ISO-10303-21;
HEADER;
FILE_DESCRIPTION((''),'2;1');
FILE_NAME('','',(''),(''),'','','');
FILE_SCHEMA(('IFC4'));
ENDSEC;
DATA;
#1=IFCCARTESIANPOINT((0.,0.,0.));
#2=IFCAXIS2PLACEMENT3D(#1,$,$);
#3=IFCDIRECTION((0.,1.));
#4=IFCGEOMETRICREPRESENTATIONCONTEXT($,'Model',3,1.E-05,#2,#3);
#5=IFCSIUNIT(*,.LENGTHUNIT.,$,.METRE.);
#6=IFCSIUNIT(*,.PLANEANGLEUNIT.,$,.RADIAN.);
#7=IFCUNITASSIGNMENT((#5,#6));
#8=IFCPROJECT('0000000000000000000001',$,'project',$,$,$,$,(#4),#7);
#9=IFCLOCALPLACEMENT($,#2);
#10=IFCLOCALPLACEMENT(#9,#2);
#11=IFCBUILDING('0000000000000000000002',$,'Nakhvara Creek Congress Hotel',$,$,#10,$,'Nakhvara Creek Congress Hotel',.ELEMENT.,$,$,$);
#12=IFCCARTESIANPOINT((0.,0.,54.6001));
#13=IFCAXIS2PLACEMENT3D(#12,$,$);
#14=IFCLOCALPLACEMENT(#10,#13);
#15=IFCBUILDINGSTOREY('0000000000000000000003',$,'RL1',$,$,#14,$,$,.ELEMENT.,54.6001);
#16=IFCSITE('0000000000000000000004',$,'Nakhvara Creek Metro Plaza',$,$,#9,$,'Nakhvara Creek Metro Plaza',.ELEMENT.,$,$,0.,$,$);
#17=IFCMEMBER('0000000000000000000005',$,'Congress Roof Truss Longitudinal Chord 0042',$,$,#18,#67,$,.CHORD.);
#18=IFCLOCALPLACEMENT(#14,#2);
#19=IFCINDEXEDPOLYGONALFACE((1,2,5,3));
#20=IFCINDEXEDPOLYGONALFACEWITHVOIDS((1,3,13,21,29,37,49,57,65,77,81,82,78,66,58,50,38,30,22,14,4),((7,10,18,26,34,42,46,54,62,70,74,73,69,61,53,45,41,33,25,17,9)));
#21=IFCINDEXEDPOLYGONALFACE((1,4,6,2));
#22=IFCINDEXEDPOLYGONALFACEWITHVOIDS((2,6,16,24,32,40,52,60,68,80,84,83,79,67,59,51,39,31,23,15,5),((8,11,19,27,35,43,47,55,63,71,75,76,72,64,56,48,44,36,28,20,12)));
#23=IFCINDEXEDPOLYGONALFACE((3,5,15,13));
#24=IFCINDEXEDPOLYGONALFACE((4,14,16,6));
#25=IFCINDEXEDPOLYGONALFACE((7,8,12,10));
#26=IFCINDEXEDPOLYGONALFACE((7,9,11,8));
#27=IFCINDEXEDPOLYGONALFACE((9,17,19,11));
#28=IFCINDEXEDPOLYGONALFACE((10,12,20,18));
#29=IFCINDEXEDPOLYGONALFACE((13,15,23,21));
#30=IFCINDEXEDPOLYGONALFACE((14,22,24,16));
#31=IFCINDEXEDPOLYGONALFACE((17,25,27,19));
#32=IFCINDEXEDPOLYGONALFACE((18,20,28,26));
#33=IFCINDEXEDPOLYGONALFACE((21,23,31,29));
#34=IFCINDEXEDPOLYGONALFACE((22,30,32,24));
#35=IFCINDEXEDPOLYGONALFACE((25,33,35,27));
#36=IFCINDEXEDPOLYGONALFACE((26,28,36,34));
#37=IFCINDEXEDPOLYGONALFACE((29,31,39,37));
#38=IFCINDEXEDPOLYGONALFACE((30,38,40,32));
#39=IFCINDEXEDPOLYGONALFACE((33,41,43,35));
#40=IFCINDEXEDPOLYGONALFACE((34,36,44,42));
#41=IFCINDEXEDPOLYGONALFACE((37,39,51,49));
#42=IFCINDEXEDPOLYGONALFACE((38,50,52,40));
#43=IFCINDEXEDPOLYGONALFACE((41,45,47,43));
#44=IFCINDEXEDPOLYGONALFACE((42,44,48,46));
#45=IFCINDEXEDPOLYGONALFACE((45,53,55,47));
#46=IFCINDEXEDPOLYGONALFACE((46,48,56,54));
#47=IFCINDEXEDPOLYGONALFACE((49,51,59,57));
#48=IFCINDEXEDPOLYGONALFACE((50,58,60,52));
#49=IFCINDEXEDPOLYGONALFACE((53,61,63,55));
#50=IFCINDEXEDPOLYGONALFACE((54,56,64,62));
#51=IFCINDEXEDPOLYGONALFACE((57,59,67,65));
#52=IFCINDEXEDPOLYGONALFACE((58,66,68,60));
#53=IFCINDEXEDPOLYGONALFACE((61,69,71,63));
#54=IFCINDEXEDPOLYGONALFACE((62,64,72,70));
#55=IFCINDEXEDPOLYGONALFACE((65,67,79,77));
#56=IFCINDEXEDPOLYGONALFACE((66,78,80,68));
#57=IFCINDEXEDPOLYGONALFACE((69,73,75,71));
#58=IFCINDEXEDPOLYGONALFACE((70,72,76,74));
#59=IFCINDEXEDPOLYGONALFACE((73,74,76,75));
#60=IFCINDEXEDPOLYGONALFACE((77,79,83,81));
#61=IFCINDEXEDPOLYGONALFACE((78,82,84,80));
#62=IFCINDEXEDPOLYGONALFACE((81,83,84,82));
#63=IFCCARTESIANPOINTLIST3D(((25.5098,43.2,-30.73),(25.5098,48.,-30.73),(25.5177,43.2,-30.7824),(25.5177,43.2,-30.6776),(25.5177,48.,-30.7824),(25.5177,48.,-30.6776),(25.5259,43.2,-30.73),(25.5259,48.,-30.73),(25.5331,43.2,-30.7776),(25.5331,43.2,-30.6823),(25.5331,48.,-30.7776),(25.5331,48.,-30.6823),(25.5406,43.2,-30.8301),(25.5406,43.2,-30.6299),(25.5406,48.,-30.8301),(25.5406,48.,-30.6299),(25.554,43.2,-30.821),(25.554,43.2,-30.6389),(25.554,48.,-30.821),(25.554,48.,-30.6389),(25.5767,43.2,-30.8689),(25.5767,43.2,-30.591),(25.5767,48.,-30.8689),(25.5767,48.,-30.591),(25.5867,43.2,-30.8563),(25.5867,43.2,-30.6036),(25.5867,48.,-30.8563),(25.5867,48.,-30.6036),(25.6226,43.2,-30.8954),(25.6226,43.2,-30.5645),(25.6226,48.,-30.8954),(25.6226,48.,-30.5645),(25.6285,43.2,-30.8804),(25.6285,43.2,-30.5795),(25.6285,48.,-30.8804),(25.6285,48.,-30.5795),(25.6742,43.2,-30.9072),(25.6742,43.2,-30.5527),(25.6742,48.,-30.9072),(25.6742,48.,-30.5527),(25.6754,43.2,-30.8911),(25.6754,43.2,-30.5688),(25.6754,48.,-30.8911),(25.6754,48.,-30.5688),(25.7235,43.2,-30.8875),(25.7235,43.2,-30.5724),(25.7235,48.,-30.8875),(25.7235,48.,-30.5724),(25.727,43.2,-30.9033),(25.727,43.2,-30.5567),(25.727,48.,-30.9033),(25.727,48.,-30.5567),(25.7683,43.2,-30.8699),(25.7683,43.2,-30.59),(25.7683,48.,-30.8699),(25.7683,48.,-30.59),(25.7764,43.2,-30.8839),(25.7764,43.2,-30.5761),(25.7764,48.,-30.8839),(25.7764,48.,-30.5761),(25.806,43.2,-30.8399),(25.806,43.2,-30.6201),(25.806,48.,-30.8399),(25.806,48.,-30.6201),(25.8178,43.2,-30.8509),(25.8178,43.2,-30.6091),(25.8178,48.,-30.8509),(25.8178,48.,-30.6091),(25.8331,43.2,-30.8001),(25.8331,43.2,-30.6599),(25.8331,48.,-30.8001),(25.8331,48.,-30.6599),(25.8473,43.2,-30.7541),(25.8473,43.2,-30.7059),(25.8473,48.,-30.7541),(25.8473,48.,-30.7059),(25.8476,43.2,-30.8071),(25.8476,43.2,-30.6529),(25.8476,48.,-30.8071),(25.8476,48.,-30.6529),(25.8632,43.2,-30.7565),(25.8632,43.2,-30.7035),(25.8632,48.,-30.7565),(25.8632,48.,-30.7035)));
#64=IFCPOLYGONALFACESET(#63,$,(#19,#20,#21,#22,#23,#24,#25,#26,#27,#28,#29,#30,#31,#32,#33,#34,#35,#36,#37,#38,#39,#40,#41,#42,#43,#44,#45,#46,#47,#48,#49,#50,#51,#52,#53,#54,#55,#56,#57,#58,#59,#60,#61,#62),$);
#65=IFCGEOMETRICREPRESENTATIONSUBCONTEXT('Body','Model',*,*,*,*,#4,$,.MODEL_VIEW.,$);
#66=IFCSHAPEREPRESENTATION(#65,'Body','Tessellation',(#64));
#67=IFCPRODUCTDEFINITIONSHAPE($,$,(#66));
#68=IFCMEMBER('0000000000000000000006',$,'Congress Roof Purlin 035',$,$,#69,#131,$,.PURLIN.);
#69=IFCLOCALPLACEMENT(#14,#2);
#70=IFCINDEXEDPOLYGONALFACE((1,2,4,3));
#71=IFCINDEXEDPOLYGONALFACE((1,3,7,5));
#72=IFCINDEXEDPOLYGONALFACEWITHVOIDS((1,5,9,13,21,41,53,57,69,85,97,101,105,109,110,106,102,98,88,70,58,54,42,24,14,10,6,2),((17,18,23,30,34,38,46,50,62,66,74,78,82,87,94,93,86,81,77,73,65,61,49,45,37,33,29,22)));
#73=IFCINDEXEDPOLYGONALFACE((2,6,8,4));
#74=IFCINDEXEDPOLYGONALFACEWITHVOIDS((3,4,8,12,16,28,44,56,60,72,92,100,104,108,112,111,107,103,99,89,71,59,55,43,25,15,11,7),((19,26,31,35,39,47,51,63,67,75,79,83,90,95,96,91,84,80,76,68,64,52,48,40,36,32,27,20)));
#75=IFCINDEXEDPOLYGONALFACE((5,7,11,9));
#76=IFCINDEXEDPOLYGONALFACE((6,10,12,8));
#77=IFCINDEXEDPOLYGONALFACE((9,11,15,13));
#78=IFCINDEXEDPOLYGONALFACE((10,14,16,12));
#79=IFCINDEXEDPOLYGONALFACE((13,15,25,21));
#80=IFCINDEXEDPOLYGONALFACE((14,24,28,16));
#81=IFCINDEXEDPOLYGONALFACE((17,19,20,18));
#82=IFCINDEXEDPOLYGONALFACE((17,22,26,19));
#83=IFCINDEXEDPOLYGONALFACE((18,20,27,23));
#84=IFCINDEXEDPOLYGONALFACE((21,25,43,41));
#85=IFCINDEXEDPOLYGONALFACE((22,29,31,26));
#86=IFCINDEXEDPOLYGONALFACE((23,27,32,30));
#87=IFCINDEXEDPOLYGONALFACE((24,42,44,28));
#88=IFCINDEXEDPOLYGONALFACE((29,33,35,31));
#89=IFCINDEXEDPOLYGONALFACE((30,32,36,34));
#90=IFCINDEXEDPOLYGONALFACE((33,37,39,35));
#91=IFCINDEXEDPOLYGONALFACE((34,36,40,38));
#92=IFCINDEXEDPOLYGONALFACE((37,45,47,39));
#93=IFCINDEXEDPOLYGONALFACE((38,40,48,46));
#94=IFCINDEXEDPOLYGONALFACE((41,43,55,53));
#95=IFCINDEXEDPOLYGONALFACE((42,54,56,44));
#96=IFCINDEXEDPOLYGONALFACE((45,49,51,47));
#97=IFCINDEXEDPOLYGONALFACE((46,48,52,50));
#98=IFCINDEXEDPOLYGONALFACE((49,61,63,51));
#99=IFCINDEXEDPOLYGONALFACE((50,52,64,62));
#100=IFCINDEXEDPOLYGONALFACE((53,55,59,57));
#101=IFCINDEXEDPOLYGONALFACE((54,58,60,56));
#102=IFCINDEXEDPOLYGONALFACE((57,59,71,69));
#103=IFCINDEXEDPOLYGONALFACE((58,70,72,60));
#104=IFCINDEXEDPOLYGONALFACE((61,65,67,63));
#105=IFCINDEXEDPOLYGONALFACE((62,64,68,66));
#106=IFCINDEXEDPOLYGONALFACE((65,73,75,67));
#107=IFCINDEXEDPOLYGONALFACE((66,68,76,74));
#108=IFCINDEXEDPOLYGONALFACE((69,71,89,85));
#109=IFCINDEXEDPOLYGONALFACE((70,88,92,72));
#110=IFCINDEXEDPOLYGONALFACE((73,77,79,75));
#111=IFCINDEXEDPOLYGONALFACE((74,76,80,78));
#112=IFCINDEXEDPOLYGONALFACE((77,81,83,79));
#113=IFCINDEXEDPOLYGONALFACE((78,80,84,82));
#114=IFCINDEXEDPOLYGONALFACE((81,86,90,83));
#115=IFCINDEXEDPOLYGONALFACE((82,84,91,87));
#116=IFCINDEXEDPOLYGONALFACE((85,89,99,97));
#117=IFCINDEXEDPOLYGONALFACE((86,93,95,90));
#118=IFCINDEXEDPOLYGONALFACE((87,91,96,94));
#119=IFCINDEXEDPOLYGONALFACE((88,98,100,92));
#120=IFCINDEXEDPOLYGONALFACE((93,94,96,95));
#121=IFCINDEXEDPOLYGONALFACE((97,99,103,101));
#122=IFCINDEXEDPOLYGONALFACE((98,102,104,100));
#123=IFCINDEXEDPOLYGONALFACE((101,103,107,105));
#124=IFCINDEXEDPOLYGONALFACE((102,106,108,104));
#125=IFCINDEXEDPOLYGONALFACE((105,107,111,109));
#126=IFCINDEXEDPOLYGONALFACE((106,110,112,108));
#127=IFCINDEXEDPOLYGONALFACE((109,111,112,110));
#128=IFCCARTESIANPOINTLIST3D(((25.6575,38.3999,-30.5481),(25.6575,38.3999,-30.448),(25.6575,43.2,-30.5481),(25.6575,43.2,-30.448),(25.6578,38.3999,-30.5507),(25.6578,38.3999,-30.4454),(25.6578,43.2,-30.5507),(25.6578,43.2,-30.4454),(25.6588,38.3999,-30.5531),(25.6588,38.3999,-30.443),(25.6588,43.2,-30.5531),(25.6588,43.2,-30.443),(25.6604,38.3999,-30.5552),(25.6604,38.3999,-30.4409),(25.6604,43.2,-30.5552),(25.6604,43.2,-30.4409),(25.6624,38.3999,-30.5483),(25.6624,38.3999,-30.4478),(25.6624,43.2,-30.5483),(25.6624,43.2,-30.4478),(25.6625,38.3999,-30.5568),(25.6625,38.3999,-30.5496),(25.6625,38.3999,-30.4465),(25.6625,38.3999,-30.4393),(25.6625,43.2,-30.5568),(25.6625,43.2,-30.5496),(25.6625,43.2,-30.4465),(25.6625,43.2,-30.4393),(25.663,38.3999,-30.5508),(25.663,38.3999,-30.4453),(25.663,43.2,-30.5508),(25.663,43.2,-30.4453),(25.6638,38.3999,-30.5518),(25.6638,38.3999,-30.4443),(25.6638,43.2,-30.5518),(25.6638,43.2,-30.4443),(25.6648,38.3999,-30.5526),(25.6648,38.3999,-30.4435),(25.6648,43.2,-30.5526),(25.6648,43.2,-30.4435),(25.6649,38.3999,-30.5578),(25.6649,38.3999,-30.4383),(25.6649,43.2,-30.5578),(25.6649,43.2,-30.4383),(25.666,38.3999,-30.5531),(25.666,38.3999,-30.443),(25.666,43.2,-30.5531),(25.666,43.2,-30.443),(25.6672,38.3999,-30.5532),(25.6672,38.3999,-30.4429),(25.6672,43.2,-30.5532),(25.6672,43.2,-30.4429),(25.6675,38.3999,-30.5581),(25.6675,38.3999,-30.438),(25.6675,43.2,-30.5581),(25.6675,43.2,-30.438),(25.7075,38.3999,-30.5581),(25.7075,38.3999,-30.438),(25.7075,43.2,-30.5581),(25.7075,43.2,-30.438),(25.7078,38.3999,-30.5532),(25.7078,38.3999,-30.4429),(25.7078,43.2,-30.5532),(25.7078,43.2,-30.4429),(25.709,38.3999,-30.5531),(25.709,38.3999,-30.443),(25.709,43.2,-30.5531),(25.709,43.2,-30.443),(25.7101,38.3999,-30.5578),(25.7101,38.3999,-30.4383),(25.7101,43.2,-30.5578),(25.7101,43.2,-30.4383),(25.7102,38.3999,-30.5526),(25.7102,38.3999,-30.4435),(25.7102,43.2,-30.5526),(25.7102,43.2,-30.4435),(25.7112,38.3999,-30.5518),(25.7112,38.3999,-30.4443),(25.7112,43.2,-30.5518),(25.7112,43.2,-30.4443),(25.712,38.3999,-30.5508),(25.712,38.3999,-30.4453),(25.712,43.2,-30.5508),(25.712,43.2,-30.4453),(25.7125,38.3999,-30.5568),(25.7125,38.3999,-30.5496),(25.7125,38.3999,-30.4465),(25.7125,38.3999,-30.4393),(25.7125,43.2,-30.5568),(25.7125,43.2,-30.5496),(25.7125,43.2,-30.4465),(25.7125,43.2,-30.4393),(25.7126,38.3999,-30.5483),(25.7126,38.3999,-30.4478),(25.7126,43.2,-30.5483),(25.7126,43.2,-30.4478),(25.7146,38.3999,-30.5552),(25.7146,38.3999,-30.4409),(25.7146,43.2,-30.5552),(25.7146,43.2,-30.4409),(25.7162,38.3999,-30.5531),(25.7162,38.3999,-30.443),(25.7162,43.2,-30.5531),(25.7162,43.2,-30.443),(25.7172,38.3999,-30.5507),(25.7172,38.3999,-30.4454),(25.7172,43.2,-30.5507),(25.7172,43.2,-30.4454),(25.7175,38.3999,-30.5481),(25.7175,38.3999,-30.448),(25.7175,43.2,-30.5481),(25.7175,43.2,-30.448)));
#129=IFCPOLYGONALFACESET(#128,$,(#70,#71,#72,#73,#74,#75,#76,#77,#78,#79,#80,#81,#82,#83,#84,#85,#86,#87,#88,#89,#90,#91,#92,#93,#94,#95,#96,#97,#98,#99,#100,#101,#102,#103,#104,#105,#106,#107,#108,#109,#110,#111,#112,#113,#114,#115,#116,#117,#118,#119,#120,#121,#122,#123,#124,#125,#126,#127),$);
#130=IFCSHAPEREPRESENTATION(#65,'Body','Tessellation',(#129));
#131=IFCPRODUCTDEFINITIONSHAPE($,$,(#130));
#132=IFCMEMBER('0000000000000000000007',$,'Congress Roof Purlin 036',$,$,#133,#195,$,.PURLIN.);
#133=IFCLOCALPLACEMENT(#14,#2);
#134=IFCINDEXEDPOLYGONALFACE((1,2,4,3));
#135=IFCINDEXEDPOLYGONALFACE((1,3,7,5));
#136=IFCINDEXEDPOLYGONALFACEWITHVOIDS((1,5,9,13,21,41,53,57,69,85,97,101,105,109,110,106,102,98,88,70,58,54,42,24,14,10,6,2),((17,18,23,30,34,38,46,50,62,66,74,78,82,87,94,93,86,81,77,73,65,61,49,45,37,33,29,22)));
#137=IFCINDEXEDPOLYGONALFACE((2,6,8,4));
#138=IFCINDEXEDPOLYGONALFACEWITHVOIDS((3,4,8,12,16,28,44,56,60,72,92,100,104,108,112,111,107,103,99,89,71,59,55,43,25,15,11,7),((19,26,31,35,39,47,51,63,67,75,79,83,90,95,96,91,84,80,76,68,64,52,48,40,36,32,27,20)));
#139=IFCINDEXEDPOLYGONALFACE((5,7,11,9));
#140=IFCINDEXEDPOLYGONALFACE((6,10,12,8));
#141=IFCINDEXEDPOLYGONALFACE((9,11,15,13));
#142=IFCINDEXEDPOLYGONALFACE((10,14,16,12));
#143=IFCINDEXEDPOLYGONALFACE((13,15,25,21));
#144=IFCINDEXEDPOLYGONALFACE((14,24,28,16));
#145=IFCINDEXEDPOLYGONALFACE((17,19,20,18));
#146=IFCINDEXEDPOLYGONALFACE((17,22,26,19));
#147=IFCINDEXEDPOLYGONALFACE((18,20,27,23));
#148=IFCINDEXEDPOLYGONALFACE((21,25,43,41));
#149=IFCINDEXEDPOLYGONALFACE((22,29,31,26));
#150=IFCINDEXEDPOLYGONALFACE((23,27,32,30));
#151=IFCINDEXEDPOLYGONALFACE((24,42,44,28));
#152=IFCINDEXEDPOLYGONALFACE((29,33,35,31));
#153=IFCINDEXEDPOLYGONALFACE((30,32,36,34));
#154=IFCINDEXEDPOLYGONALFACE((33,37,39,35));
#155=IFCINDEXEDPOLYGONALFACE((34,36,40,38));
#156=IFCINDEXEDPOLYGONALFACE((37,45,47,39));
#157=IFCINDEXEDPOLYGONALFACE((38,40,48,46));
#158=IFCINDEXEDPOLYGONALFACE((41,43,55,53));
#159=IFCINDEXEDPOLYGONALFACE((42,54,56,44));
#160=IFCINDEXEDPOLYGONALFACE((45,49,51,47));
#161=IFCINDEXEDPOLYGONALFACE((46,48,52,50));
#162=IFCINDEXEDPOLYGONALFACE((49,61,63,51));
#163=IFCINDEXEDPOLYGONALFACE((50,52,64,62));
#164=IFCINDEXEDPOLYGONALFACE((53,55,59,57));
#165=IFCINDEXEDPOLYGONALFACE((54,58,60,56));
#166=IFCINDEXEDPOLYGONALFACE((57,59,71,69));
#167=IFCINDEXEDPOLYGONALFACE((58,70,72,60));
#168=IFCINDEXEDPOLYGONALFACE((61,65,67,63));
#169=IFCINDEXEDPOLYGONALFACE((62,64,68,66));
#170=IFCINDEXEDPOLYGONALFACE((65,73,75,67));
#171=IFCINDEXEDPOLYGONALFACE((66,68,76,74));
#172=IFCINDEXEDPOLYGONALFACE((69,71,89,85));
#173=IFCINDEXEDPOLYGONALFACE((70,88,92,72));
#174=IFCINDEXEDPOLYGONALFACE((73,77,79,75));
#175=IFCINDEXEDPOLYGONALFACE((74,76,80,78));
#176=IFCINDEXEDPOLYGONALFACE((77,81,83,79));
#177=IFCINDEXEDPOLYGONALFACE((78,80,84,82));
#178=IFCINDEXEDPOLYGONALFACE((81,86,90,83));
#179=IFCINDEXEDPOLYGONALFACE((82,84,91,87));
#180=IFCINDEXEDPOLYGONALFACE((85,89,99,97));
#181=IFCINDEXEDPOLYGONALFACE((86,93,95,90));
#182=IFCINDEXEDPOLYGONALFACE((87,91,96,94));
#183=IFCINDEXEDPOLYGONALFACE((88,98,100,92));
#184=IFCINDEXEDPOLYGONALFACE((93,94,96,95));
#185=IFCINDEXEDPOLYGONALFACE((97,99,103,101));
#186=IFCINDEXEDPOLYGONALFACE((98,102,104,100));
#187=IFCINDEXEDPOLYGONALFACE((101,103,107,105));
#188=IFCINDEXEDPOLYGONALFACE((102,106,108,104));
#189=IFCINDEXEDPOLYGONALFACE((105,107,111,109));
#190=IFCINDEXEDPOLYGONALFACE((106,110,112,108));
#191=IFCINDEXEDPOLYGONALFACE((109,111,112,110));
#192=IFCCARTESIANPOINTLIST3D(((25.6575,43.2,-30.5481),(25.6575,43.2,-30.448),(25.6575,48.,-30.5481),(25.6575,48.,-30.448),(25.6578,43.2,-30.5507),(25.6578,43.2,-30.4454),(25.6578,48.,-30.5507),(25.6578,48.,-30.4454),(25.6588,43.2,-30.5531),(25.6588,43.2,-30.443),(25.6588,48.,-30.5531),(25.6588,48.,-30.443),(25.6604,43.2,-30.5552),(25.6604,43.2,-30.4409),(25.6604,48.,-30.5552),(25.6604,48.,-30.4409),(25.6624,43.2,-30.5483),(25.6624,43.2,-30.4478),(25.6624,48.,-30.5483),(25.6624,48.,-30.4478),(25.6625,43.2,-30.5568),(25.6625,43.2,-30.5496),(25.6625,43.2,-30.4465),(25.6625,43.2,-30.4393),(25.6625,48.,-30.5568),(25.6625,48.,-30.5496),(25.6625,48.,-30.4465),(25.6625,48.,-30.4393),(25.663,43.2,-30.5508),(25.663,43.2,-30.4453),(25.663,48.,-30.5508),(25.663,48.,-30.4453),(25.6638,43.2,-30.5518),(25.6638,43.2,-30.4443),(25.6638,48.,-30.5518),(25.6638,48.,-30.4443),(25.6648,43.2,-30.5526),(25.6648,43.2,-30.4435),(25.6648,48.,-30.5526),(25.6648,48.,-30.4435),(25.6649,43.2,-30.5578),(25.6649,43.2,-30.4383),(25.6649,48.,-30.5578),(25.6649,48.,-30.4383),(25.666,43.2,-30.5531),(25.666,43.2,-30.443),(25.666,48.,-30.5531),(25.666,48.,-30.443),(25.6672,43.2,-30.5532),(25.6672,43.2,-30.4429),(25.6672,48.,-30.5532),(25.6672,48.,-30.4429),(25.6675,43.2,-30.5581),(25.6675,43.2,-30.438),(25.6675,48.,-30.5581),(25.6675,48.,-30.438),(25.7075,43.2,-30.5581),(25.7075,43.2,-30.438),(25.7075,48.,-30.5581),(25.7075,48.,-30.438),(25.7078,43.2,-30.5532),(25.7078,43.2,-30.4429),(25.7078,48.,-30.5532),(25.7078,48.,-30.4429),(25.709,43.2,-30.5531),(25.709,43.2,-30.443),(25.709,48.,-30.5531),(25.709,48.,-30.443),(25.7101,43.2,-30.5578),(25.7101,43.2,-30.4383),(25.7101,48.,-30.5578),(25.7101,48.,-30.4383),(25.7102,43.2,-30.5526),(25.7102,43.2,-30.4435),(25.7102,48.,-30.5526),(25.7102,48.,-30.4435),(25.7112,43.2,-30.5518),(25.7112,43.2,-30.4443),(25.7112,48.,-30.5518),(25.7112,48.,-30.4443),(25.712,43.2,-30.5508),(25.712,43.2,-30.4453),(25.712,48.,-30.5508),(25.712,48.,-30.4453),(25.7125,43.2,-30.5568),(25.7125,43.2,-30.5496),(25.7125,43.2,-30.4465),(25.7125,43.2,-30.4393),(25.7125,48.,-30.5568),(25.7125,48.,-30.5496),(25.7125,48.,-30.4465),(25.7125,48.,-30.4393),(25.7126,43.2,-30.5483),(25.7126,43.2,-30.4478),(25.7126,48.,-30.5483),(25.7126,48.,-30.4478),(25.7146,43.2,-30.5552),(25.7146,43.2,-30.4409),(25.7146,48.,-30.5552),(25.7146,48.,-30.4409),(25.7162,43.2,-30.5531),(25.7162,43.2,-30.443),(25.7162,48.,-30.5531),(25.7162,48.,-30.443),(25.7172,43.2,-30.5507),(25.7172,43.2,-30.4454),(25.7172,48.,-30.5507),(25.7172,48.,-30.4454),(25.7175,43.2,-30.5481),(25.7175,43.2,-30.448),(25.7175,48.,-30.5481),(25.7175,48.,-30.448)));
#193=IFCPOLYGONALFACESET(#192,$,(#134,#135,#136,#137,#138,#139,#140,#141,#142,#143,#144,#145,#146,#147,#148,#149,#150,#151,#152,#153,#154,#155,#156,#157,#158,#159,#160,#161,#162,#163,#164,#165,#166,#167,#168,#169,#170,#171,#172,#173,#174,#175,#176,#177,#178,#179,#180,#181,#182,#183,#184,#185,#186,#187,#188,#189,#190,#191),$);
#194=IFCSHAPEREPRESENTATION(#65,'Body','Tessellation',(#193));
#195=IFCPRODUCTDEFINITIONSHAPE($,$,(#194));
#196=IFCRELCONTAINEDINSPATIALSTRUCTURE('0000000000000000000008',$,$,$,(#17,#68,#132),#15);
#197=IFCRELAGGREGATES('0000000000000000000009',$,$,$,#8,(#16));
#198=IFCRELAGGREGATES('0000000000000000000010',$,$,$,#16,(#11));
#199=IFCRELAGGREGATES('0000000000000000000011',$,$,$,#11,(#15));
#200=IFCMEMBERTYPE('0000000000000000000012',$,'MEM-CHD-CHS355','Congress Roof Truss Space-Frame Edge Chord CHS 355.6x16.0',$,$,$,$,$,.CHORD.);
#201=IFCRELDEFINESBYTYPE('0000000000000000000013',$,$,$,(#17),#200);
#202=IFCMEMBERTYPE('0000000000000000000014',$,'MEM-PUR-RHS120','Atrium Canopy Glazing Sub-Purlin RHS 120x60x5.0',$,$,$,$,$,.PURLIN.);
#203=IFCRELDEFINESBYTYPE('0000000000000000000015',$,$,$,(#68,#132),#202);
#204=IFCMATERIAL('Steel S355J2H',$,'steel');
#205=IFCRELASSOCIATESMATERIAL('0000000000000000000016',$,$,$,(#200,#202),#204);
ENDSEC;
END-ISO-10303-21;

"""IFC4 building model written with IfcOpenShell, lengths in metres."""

from ifc_helpers import new_model, si_unit, direction, frame, origin, origin_2d, place, context, subcontext, project, spatial, hollow_rectangle, hollow_circle, extrude, material, material_profile, profile_set, type_object, element, save


model = new_model("IFC4")

# Units and contexts
model_context = context("Model", 3, precision=1e-05, world=origin(), true_north=direction((0.0, 1.0)))
body_context = subcontext(model_context, "Body", "Model", "MODEL_VIEW")
ifc_project = project(units=[si_unit("LENGTHUNIT", "METRE"), si_unit("PLANEANGLEUNIT", "RADIAN")], contexts=[model_context])

# Site, building, storey
site_placement = place(None, origin())
site = spatial("IfcSite", under=ifc_project, at=site_placement, Name="Nakhvara Creek Metro Plaza", LongName="Nakhvara Creek Metro Plaza", CompositionType="ELEMENT", RefElevation=0.0)
building_placement = place(site_placement, origin())
building = spatial("IfcBuilding", under=site, at=building_placement, Name="Nakhvara Creek Congress Hotel", LongName="Nakhvara Creek Congress Hotel", CompositionType="ELEMENT")
storey_placement = place(building_placement, frame((0.0, 0.0, 54.6001)))
storey = spatial("IfcBuildingStorey", under=building, at=storey_placement, Name="RL1", CompositionType="ELEMENT", Elevation=54.6001)

# Members
ifc_material_1 = material(Name="Steel S355J2H", Category="steel")
ifc_material_profile_1 = material_profile(ifc_material_1, hollow_circle(Radius=0.1777, WallThickness=0.0161, at=origin_2d()), Name="CHS 355.6x16.0", Category="LoadBearing")
ifc_profile_set_1 = profile_set([ifc_material_profile_1], Name="Steel S355J2H")
member_type_1 = type_object("IfcMemberType", Name="MEM-CHD-CHS355", Description="Congress Roof Truss Space-Frame Edge Chord CHS 355.6x16.0", PredefinedType="CHORD", material=ifc_profile_set_1)
for number, where, z_axis, x_axis, name in (
    (1, (25.6875, 43.2, -30.73), (0.0, 1.0, 0.0), (-1.0, 0.0, 0.0), "Congress Roof Truss Longitudinal Chord 0042"),
):
    element("IfcMember", number, at=place(storey_placement, frame(where, z_axis=z_axis, x_axis=x_axis)), inside=storey, type_object=member_type_1, Name=name, PredefinedType="CHORD", context=body_context, shape_type="SweptSolid", body=[
        extrude(hollow_circle(Radius=0.1777, WallThickness=0.0161, at=origin_2d()), origin(), (0.0, 0.0, 1.0), 4.8),
    ])
ifc_material_profile_2 = material_profile(ifc_material_1, hollow_rectangle(XDim=0.0601, YDim=0.1201, WallThickness=0.0049, InnerFilletRadius=0.0049, OuterFilletRadius=0.01, at=origin_2d()), Name="RHS 120x60x5.0", Category="LoadBearing")
ifc_profile_set_2 = profile_set([ifc_material_profile_2], Name="Steel S355J2H")
member_type_2 = type_object("IfcMemberType", Name="MEM-PUR-RHS120", Description="Atrium Canopy Glazing Sub-Purlin RHS 120x60x5.0", PredefinedType="PURLIN", material=ifc_profile_set_2)
for number, where, z_axis, x_axis, name in (
    (2, (25.6875, 38.3999, -30.498), (0.0, 1.0, 0.0), (-1.0, 0.0, 0.0), "Congress Roof Purlin 035"),
    (3, (25.6875, 43.2, -30.498), (0.0, 1.0, 0.0), (-1.0, 0.0, 0.0), "Congress Roof Purlin 036"),
):
    element("IfcMember", number, at=place(storey_placement, frame(where, z_axis=z_axis, x_axis=x_axis)), inside=storey, type_object=member_type_2, Name=name, PredefinedType="PURLIN", context=body_context, shape_type="SweptSolid", body=[
        extrude(hollow_rectangle(XDim=0.0601, YDim=0.1201, WallThickness=0.0049, InnerFilletRadius=0.0049, OuterFilletRadius=0.01, at=origin_2d()), origin(), (0.0, 0.0, 1.0), 4.8),
    ])

save(model, "model.ifc")
